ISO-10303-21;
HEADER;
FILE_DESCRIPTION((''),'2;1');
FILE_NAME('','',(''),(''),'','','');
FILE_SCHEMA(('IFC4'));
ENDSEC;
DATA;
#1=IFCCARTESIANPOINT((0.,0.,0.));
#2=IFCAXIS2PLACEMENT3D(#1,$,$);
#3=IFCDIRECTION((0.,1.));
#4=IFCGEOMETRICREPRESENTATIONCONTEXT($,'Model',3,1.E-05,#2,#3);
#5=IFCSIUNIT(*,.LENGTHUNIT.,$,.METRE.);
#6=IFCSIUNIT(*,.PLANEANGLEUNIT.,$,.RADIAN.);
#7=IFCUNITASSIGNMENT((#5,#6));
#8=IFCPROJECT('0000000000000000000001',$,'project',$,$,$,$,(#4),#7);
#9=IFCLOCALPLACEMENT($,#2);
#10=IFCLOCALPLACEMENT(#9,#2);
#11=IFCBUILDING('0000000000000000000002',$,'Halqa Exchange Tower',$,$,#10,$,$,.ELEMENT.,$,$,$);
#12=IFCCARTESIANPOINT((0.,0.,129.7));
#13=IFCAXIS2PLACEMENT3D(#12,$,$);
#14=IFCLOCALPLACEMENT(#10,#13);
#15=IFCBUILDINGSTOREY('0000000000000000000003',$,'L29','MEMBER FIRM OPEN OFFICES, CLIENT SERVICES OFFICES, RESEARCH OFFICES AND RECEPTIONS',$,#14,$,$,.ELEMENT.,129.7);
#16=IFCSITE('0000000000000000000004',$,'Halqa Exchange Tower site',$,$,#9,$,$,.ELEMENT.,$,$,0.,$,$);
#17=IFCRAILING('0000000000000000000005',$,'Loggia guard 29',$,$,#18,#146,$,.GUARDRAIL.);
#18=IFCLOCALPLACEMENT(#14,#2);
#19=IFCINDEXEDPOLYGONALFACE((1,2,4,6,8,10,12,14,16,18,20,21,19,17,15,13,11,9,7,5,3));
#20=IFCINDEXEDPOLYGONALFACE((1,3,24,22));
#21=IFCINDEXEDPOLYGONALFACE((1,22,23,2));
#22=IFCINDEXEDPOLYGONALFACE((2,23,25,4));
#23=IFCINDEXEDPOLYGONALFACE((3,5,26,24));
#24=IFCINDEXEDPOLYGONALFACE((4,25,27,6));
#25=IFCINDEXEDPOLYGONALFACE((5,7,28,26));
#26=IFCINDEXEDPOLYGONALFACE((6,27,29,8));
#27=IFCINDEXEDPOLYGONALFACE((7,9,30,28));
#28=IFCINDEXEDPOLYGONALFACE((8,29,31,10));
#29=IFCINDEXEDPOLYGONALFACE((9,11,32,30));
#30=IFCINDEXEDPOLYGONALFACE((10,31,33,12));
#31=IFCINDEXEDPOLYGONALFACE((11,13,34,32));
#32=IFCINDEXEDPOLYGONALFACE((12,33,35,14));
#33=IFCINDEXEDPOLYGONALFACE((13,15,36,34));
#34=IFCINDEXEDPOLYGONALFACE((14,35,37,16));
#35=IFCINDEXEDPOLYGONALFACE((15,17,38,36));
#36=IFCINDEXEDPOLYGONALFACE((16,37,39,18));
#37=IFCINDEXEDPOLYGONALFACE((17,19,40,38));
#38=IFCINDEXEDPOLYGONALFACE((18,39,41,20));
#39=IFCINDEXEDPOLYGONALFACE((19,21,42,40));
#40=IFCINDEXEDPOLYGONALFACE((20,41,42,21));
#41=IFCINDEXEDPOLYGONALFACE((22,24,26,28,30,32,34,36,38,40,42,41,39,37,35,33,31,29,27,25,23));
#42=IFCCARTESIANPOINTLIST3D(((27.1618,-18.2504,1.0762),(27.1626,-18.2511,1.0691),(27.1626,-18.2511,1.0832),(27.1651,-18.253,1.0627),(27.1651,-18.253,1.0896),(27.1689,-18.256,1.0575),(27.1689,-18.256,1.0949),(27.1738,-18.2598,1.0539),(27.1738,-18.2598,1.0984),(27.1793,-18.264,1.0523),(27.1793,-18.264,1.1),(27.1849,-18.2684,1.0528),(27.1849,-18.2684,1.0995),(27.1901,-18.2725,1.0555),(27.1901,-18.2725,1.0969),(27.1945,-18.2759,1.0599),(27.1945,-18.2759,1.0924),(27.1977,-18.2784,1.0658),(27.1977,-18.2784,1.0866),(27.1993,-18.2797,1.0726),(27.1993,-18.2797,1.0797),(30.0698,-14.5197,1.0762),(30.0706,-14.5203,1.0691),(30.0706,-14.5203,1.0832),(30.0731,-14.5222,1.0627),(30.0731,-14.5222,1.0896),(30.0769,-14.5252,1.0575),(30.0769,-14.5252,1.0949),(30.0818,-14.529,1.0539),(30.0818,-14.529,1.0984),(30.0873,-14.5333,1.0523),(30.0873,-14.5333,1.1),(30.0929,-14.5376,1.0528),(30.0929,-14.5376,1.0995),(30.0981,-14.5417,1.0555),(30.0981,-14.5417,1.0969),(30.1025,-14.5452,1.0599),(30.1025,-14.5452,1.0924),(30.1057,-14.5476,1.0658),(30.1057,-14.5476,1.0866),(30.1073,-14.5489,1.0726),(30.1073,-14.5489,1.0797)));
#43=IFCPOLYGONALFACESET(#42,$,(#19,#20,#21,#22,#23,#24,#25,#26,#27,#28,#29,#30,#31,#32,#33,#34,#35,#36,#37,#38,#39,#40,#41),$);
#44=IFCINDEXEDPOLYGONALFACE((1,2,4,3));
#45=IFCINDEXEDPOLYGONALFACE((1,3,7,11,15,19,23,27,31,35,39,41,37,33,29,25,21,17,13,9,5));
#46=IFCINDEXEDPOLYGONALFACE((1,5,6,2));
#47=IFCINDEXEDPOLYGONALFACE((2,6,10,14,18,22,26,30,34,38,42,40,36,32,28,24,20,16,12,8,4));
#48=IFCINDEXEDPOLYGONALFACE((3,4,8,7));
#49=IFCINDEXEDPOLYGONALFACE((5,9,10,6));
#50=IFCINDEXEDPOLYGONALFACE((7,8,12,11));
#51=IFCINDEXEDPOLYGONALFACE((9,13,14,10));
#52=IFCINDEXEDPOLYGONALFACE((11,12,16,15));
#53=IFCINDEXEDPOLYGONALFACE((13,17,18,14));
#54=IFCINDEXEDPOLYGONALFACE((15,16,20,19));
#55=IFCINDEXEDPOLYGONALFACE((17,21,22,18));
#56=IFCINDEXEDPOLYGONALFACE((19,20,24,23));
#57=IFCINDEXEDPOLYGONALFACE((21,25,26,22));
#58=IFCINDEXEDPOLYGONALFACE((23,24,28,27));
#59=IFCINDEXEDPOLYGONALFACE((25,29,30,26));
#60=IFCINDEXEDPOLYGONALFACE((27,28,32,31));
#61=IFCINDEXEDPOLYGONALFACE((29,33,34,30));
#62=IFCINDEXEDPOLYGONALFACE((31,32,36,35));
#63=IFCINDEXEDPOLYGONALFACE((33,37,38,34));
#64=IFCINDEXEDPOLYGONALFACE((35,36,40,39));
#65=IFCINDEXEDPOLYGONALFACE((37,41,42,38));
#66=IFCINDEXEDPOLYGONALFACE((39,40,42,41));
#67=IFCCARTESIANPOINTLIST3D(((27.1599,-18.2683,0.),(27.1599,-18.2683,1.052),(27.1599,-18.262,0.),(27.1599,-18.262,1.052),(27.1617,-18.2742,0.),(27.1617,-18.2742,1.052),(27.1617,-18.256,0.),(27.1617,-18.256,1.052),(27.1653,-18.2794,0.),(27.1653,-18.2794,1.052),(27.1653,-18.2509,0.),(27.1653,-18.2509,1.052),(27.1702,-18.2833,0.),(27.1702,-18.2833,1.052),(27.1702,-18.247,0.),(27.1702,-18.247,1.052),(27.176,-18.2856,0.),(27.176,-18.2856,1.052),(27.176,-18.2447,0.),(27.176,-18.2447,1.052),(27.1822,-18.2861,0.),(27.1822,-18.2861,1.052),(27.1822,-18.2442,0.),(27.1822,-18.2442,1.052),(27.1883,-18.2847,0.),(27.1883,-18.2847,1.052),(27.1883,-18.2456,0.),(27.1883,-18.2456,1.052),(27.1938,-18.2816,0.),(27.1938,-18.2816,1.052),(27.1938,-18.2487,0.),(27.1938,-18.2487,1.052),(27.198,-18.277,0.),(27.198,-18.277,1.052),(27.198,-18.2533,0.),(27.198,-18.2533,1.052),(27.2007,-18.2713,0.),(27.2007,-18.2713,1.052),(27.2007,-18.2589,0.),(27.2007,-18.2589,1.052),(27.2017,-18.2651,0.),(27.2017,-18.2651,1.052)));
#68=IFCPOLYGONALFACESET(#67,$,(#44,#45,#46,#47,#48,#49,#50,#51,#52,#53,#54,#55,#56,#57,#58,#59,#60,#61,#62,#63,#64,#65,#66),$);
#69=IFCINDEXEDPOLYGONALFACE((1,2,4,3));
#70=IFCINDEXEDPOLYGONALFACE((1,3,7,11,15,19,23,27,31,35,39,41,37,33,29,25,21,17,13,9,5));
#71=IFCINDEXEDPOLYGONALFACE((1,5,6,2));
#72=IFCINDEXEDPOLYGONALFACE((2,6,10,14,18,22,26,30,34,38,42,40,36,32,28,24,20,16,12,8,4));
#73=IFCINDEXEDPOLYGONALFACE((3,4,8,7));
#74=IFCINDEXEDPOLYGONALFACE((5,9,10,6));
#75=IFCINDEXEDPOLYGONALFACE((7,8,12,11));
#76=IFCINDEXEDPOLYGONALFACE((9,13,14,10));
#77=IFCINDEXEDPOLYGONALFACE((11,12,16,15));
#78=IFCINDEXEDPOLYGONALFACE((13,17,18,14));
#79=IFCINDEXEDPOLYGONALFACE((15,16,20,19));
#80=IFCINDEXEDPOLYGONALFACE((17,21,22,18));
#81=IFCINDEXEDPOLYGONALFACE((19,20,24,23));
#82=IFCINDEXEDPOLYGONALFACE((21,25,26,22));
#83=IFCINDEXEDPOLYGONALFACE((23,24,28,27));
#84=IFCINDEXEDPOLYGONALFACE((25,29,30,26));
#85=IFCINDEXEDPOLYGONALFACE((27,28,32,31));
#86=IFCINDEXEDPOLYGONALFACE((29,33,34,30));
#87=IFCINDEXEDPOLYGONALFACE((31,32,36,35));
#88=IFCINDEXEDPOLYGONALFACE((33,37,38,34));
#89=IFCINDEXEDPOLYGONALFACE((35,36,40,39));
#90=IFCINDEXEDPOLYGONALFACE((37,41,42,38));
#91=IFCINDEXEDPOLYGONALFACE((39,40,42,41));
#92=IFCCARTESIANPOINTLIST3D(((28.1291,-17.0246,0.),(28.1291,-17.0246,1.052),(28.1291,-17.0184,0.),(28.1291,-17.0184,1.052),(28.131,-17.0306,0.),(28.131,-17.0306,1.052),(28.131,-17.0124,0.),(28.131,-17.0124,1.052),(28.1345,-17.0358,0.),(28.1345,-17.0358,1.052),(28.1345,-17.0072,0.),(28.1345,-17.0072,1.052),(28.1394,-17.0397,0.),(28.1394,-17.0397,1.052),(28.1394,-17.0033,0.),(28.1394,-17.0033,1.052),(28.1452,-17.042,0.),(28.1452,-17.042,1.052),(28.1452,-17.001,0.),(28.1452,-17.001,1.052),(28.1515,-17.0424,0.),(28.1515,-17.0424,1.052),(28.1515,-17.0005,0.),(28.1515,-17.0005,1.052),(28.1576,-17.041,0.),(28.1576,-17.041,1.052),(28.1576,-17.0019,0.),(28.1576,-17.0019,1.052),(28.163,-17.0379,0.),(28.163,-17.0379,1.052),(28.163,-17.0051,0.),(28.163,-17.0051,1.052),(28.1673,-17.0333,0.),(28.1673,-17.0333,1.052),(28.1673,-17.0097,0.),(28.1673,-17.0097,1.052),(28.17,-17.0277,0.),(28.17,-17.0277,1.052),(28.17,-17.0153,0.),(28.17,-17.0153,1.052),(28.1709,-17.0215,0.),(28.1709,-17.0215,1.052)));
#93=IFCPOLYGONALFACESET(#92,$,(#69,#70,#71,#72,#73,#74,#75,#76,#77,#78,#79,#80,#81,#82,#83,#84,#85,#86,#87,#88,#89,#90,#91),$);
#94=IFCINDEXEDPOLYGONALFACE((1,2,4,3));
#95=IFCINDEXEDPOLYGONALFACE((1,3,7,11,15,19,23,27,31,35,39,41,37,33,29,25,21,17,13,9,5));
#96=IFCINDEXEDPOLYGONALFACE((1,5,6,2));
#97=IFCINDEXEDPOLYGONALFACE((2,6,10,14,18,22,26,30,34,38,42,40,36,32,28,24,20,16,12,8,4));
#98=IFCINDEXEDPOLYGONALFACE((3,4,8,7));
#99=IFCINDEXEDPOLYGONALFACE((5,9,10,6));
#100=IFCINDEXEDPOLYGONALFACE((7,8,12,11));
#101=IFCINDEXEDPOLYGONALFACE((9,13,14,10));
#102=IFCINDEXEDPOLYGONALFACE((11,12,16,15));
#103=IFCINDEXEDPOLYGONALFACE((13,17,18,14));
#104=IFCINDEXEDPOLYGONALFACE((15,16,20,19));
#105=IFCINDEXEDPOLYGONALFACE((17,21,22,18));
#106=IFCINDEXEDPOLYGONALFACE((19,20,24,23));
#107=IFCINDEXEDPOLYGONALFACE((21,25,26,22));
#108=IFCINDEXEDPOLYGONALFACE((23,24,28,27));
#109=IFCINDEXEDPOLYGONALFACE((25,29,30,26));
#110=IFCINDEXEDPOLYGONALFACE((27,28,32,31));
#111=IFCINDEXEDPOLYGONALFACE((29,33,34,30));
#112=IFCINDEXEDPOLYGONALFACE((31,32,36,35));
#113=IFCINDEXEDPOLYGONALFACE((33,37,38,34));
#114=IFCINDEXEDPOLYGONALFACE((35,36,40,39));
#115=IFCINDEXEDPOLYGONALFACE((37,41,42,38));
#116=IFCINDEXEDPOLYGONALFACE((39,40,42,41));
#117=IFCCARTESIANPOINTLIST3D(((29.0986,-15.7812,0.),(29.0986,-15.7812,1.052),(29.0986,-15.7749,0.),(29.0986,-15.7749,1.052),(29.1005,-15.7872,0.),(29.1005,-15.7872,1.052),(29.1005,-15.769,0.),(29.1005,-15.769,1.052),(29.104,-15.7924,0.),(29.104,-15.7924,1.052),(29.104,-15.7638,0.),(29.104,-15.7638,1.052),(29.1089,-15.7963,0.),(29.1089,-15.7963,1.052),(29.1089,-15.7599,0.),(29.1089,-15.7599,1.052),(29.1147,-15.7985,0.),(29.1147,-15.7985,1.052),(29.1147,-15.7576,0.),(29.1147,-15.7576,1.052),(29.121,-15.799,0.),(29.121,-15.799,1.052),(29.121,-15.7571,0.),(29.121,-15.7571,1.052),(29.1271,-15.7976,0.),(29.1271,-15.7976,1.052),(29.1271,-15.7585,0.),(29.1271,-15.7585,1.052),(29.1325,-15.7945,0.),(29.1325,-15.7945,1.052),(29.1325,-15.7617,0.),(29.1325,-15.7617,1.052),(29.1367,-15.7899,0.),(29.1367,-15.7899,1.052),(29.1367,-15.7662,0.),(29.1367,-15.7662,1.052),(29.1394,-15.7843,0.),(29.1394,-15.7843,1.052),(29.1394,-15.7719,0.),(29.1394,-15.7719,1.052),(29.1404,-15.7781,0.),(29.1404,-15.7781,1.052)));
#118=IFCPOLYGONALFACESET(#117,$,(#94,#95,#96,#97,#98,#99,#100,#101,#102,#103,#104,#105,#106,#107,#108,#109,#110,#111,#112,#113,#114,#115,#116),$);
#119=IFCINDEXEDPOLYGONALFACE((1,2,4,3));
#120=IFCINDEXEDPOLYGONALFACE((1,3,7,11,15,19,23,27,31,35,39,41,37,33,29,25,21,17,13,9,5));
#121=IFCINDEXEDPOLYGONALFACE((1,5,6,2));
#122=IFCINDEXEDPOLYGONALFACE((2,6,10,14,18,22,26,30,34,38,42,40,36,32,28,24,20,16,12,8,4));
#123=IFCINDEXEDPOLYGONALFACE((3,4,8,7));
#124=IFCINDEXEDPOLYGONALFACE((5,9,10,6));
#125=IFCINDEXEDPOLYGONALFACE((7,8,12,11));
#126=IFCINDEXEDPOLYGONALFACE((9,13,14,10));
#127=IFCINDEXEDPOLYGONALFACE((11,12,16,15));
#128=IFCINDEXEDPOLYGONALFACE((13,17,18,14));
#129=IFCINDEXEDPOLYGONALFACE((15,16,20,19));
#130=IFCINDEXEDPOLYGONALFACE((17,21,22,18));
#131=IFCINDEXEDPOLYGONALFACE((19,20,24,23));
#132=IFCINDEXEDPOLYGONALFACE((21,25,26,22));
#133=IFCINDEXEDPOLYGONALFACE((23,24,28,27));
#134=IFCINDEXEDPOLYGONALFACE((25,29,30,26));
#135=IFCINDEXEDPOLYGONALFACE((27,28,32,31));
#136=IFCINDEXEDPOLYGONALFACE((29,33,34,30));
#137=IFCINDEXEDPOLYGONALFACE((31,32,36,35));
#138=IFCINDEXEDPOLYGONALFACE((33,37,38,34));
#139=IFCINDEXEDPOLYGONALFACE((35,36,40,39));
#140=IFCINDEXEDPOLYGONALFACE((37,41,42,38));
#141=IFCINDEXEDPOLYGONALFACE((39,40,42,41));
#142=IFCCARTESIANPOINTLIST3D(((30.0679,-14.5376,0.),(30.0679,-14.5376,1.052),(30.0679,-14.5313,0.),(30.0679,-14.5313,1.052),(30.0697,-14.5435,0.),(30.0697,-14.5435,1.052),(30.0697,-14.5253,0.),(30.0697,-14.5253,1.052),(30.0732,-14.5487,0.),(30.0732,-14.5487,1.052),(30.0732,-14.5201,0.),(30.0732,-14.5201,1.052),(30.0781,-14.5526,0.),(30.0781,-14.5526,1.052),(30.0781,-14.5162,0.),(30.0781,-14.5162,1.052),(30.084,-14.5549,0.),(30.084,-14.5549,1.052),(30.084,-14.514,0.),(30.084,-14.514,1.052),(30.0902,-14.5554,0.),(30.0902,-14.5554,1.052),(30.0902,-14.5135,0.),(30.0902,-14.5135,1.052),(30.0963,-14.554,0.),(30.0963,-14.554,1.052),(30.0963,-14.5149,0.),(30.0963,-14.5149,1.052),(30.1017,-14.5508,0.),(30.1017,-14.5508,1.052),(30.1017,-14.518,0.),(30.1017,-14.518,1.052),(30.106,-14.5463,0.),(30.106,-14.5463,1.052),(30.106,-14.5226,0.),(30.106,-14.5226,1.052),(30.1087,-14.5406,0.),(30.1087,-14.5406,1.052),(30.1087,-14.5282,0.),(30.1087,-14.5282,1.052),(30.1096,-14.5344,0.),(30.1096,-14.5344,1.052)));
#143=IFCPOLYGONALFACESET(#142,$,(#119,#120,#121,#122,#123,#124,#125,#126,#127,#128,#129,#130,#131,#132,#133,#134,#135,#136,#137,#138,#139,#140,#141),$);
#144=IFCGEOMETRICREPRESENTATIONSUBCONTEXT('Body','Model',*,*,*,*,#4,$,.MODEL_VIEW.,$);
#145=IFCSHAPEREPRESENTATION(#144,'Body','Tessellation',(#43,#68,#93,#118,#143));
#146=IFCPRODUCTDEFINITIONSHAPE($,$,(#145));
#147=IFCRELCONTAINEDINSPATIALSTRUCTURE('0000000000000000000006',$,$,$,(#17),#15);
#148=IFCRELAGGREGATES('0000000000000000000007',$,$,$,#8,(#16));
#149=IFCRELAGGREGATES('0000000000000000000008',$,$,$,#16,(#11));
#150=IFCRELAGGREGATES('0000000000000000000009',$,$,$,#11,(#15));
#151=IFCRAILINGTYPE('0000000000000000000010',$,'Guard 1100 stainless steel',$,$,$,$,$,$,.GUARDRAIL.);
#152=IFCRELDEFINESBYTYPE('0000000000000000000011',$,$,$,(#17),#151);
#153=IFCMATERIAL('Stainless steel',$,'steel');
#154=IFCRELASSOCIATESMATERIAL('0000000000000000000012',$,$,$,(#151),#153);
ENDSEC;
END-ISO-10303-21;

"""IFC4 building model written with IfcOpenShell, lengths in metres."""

from ifc_helpers import new_model, si_unit, direction, frame, origin, origin_2d, place, context, subcontext, project, spatial, circle, extrude, material, type_object, element, save


model = new_model("IFC4")

# Units and contexts
model_context = context("Model", 3, precision=1e-05, world=origin(), true_north=direction((0.0, 1.0)))
body_context = subcontext(model_context, "Body", "Model", "MODEL_VIEW")
ifc_project = project(units=[si_unit("LENGTHUNIT", "METRE"), si_unit("PLANEANGLEUNIT", "RADIAN")], contexts=[model_context])

# Site, building, storey
site_placement = place(None, origin())
site = spatial("IfcSite", under=ifc_project, at=site_placement, Name="Halqa Exchange Tower site", CompositionType="ELEMENT", RefElevation=0.0)
building_placement = place(site_placement, origin())
building = spatial("IfcBuilding", under=site, at=building_placement, Name="Halqa Exchange Tower", CompositionType="ELEMENT")
storey_placement = place(building_placement, frame((0.0, 0.0, 129.7)))
storey = spatial("IfcBuildingStorey", under=building, at=storey_placement, Name="L29", Description="MEMBER FIRM OPEN OFFICES, CLIENT SERVICES OFFICES, RESEARCH OFFICES AND RECEPTIONS", CompositionType="ELEMENT", Elevation=129.7)

# Railing
ifc_material_1 = material(Name="Stainless steel", Category="steel")
railing_type = type_object("IfcRailingType", Name="Guard 1100 stainless steel", PredefinedType="GUARDRAIL", material=ifc_material_1)
railing_1_placement = place(storey_placement, frame((27.1807, -18.2651, 0.0)))
element("IfcRailing", 1, at=railing_1_placement, inside=storey, type_object=railing_type, Name="Loggia guard 29", PredefinedType="GUARDRAIL", context=body_context, shape_type="SweptSolid", body=[
    extrude(circle(Radius=0.0239, at=origin_2d()), frame((0.0, 0.0, 1.0762), z_axis=(0.614769, 0.788707, 0.0), x_axis=(-0.788707, 0.614769, 0.0)), (0.0, 0.0, 1.0), 4.7302),
    extrude(circle(Radius=0.021, at=origin_2d()), origin(), (0.0, 0.0, 1.0), 1.052),
    extrude(circle(Radius=0.021, at=origin_2d()), frame((0.9692, 1.2437, 0.0)), (0.0, 0.0, 1.0), 1.052),
    extrude(circle(Radius=0.021, at=origin_2d()), frame((1.9387, 2.4871, 0.0)), (0.0, 0.0, 1.0), 1.052),
    extrude(circle(Radius=0.021, at=origin_2d()), frame((2.908, 3.7307, 0.0)), (0.0, 0.0, 1.0), 1.052),
])

save(model, "model.ifc")
